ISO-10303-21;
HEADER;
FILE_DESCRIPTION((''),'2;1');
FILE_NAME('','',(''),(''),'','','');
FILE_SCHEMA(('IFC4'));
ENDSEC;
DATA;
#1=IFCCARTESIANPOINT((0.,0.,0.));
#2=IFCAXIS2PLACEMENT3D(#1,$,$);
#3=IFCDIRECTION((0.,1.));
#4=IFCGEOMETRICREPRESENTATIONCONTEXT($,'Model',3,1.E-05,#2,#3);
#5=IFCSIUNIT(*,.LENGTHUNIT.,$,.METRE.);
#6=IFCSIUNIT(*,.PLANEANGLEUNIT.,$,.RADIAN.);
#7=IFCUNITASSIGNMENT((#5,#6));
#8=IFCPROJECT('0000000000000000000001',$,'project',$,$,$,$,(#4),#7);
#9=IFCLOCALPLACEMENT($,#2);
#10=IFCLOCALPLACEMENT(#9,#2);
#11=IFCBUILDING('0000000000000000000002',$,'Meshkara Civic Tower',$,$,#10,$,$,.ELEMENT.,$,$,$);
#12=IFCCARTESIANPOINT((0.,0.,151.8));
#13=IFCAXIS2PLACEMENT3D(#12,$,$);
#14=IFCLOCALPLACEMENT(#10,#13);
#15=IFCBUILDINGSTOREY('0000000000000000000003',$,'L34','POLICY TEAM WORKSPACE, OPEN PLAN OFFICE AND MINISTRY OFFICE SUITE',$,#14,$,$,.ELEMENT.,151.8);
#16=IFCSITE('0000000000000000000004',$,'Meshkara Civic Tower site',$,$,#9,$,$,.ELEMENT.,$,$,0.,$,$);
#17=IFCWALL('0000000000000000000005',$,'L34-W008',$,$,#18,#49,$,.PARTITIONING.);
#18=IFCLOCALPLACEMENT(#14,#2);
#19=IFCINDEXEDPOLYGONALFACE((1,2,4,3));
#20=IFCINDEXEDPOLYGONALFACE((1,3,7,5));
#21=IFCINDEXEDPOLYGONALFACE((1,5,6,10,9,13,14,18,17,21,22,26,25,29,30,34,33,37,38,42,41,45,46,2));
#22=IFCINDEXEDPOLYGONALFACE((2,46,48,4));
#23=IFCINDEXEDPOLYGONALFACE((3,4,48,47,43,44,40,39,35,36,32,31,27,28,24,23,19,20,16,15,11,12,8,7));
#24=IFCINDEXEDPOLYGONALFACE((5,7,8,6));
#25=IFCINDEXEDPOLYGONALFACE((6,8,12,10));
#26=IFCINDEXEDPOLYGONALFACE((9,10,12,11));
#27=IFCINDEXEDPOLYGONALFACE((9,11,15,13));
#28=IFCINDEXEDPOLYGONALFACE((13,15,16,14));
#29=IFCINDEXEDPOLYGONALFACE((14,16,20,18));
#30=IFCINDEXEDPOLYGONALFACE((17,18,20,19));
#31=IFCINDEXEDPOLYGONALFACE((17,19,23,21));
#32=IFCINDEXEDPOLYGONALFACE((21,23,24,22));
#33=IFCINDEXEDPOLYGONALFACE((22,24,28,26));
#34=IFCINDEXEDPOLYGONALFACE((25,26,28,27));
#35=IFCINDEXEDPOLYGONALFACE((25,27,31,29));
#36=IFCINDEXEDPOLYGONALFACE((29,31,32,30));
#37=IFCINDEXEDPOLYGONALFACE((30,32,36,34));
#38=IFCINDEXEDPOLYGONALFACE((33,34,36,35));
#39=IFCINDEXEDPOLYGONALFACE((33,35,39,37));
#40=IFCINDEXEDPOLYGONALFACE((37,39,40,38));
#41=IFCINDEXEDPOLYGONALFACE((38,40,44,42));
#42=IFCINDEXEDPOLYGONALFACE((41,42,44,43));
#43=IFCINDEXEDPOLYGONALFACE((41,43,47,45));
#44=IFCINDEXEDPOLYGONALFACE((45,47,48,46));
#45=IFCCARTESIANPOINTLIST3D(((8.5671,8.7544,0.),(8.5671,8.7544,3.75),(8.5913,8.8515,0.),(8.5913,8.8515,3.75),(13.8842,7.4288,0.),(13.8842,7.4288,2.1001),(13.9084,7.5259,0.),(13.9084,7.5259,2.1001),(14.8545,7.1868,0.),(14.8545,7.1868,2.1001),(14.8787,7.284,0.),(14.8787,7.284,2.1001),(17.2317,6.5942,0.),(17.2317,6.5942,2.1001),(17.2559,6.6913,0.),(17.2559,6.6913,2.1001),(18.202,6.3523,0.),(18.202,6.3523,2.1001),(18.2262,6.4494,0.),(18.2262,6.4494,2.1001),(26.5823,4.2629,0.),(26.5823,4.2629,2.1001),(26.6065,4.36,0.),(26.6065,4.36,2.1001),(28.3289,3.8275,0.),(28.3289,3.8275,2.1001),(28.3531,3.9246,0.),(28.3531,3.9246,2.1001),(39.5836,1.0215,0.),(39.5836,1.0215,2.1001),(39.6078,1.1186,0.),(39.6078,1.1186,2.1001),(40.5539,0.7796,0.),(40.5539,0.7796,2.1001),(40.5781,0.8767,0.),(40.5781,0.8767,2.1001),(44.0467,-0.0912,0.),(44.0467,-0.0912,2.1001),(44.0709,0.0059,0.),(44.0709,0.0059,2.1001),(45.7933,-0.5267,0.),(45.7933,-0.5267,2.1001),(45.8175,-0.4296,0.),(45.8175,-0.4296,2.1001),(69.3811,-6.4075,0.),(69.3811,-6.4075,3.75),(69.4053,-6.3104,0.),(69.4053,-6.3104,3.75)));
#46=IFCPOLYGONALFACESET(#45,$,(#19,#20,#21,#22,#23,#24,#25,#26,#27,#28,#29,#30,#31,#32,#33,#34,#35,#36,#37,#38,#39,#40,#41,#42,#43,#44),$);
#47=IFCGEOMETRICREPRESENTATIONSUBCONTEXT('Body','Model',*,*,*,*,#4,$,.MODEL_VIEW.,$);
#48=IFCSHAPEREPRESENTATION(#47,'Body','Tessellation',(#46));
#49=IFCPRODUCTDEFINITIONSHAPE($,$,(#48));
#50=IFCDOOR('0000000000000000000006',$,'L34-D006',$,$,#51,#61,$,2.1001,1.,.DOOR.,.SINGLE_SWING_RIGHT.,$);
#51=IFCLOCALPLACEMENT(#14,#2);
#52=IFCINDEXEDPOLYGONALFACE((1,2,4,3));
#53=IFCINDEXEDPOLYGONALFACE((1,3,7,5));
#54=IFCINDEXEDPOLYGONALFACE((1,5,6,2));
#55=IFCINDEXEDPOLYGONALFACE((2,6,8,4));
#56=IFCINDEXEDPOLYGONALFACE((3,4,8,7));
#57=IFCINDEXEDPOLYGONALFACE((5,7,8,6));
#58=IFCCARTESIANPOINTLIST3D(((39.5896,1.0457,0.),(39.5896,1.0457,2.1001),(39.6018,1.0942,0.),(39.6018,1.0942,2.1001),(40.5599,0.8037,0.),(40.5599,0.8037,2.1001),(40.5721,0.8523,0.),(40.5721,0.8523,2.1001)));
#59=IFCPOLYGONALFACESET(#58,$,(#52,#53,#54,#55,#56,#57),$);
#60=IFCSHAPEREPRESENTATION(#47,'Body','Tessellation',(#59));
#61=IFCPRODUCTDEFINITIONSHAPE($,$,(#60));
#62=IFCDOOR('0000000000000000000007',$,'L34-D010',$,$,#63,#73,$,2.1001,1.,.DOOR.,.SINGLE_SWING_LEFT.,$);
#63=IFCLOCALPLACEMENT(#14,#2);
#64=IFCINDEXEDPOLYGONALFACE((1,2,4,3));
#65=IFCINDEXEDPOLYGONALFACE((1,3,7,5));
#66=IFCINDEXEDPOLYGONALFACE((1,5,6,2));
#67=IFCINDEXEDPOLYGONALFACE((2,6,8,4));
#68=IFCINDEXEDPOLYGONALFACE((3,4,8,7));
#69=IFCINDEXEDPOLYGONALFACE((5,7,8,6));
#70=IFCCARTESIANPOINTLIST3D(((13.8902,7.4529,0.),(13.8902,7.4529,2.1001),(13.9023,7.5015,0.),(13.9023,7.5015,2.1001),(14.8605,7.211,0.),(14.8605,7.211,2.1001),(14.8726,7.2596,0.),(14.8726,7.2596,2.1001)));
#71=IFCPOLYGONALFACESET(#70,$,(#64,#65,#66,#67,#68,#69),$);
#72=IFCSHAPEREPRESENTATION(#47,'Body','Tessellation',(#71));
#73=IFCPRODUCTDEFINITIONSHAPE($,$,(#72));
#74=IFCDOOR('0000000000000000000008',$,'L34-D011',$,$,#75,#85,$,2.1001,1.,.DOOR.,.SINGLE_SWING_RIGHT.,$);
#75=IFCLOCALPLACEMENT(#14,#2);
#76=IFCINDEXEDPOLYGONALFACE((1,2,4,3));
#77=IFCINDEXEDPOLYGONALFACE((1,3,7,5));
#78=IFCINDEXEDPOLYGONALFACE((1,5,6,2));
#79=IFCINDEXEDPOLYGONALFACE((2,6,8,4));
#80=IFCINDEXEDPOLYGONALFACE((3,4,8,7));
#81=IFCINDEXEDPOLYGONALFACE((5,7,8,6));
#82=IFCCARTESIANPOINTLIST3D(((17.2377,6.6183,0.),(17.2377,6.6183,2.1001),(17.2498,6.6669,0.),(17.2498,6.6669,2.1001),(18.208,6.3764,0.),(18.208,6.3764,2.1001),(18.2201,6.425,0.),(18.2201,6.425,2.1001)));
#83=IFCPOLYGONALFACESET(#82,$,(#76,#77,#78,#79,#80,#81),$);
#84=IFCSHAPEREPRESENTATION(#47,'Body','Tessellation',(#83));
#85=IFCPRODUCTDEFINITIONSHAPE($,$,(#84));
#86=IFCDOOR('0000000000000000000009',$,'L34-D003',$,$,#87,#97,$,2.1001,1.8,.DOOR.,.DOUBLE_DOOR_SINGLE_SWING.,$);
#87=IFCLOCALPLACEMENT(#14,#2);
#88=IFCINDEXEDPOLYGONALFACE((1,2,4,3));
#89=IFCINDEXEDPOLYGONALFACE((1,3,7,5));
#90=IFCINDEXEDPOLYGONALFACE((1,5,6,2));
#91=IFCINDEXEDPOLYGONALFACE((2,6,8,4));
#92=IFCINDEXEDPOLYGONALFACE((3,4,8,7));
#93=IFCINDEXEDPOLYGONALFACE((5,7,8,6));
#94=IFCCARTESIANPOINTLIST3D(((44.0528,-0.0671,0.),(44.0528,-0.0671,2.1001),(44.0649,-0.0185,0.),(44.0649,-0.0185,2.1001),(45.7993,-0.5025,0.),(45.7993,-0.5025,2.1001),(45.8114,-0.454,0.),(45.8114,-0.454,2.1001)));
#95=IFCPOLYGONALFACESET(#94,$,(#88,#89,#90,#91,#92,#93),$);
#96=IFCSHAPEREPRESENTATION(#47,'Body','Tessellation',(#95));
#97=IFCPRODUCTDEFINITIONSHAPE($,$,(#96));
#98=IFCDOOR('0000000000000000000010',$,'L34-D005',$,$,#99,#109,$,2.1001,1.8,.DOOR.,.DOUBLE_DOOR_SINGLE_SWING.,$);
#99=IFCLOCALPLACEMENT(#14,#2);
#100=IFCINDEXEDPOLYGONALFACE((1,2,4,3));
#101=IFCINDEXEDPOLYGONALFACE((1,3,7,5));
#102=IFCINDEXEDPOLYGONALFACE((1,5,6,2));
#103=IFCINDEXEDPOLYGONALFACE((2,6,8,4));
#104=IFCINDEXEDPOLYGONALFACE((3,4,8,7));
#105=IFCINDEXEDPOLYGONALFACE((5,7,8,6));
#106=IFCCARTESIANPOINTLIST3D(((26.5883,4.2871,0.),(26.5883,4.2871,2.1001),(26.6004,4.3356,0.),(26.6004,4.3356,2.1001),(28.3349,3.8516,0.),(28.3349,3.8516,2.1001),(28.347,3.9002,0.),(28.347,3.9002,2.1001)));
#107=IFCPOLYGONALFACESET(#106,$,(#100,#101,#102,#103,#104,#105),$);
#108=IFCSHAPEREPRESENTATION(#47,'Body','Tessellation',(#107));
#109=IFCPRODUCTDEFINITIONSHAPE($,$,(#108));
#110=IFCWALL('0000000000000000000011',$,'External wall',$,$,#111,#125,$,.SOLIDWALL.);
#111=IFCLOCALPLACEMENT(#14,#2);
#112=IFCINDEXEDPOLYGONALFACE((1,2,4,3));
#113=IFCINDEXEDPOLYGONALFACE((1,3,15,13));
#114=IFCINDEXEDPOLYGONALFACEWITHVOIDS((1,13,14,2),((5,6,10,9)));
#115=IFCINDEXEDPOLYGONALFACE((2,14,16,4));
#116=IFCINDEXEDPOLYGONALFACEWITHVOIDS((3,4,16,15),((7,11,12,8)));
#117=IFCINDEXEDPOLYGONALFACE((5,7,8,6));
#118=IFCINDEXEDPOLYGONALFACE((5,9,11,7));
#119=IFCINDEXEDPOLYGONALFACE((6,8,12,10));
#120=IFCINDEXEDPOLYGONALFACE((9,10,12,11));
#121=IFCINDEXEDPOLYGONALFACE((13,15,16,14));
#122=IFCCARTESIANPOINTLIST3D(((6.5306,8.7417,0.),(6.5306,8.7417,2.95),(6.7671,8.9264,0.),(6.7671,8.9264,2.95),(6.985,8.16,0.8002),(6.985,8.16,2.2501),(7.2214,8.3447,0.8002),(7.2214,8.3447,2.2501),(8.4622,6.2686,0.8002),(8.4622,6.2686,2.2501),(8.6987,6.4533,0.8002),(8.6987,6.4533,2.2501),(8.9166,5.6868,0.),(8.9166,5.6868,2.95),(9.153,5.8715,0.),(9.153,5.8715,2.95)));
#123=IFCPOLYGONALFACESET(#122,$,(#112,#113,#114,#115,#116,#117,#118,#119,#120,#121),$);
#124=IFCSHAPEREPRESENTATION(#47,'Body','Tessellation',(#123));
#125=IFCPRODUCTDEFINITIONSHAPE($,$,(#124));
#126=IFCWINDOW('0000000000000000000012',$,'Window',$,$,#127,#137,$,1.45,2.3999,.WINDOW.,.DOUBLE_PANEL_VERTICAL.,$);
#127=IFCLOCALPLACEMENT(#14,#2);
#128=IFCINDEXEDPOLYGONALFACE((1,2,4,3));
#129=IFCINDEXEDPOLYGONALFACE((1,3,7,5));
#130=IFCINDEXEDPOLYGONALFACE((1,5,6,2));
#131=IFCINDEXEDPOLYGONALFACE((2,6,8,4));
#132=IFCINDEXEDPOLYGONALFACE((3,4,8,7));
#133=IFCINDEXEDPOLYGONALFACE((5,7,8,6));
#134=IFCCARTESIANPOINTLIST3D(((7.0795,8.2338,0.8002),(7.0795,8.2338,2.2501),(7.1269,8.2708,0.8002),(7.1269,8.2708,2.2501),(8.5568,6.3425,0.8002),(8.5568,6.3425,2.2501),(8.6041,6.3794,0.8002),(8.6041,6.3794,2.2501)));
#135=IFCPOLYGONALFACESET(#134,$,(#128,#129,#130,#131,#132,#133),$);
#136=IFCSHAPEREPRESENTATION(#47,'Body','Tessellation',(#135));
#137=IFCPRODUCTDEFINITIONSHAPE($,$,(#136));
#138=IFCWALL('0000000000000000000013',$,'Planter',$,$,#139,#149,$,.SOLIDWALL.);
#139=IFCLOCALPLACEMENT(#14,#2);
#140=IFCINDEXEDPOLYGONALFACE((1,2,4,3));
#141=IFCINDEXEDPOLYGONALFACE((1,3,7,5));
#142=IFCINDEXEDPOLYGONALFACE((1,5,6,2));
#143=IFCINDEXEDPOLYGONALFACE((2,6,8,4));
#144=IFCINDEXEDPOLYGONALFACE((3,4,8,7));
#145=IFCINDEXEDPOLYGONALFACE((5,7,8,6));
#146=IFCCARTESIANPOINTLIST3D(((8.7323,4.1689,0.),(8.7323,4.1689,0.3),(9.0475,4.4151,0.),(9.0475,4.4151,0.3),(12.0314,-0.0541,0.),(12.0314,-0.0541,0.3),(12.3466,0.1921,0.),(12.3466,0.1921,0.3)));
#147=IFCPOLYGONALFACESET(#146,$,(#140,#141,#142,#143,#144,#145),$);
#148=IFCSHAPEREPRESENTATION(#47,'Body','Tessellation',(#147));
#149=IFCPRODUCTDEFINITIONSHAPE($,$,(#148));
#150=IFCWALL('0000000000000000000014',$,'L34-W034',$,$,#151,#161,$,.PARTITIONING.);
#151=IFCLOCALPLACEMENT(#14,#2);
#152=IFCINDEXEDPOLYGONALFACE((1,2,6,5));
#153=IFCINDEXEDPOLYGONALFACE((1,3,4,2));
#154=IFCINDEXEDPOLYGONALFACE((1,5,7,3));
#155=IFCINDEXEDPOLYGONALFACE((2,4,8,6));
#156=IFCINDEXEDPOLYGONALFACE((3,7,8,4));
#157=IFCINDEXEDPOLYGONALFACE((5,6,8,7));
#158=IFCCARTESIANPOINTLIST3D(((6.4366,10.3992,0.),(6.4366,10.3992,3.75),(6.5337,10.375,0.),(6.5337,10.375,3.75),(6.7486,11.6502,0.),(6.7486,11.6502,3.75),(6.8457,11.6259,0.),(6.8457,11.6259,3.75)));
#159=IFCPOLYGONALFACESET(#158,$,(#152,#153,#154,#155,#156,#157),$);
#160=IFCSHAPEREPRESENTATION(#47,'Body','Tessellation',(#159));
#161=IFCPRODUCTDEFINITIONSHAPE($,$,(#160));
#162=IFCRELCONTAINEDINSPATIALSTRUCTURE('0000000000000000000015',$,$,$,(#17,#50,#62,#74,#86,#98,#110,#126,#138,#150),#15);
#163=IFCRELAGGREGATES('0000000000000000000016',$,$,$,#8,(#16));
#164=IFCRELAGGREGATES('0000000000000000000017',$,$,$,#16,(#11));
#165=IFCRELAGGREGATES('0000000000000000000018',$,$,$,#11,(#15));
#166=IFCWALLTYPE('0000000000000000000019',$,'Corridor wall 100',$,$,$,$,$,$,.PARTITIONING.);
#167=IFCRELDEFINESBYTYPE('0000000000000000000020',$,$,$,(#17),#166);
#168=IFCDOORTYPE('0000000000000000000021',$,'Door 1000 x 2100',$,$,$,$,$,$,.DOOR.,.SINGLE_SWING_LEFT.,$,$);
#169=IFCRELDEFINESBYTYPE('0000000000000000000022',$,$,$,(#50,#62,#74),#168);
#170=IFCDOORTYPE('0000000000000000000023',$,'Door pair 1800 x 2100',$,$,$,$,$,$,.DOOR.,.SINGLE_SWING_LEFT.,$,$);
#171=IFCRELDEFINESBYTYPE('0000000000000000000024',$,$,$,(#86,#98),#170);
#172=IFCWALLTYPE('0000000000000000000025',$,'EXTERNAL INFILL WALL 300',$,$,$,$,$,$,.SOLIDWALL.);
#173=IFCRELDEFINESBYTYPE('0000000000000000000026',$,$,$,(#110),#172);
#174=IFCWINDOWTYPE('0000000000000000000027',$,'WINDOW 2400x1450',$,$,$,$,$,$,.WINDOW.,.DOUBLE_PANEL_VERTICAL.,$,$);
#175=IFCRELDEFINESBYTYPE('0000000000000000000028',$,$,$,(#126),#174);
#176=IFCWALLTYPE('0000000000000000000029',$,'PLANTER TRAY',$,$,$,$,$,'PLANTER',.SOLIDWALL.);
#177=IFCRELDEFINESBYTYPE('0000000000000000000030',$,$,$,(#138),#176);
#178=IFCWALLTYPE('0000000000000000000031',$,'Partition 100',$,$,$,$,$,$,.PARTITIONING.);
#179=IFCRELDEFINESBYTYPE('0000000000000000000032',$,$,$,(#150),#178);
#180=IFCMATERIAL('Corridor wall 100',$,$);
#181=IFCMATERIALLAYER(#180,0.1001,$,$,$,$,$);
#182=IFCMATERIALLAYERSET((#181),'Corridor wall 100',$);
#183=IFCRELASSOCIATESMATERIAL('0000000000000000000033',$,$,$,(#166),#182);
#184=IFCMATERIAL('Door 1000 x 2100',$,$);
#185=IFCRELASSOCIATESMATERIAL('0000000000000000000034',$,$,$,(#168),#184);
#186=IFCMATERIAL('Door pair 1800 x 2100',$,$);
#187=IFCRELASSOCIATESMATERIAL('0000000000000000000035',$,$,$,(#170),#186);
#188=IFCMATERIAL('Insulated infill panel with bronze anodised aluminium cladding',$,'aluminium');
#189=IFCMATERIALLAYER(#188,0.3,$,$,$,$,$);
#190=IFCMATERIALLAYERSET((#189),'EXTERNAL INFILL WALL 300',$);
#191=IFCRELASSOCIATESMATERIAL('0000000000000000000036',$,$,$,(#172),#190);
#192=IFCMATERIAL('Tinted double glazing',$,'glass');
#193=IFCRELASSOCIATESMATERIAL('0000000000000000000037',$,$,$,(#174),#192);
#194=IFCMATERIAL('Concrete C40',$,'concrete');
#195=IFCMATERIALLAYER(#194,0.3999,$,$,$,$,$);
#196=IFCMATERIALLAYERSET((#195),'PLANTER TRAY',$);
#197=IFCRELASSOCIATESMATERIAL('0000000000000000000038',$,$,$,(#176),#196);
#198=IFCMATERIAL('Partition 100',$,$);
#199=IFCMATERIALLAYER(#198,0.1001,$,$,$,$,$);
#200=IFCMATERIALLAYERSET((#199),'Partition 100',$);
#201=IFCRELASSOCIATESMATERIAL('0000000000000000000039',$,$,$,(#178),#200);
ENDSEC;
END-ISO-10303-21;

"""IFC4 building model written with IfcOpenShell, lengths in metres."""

from ifc_helpers import new_model, si_unit, direction, frame, frame_2d, origin, place, context, subcontext, project, spatial, rectangle, extrude, material, layer, layer_set, type_object, element, fill, save


model = new_model("IFC4")

# Units and contexts
model_context = context("Model", 3, precision=1e-05, world=origin(), true_north=direction((0.0, 1.0)))
body_context = subcontext(model_context, "Body", "Model", "MODEL_VIEW")
ifc_project = project(units=[si_unit("LENGTHUNIT", "METRE"), si_unit("PLANEANGLEUNIT", "RADIAN")], contexts=[model_context])

# Site, building, storey
site_placement = place(None, origin())
site = spatial("IfcSite", under=ifc_project, at=site_placement, Name="Meshkara Civic Tower site", CompositionType="ELEMENT", RefElevation=0.0)
building_placement = place(site_placement, origin())
building = spatial("IfcBuilding", under=site, at=building_placement, Name="Meshkara Civic Tower", CompositionType="ELEMENT")
storey_placement = place(building_placement, frame((0.0, 0.0, 151.8)))
storey = spatial("IfcBuildingStorey", under=building, at=storey_placement, Name="L34", Description="POLICY TEAM WORKSPACE, OPEN PLAN OFFICE AND MINISTRY OFFICE SUITE", CompositionType="ELEMENT", Elevation=151.8)

# Shared definitions
ifc_material_1 = material(Name="Corridor wall 100")
ifc_layer_1 = layer(ifc_material_1, 0.1001)
ifc_layer_set_1 = layer_set([ifc_layer_1], Name="Corridor wall 100")
wall_type_1 = type_object("IfcWallType", Name="Corridor wall 100", PredefinedType="PARTITIONING", material=ifc_layer_set_1)
ifc_material_2 = material(Name="Door 1000 x 2100")
door_type_1 = type_object("IfcDoorType", Name="Door 1000 x 2100", OperationType="SINGLE_SWING_LEFT", PredefinedType="DOOR", material=ifc_material_2)

# Wall, openings, doors
wall_1_placement = place(storey_placement, frame((8.5791, 8.803, 0.0), z_axis=(0.0, 0.0, 1.0), x_axis=(0.970299, -0.24191, 0.0)))
wall_1 = element("IfcWall", 1, at=wall_1_placement, inside=storey, type_object=wall_type_1, Name="L34-W008", PredefinedType="PARTITIONING", context=body_context, shape_type="SweptSolid", body=[
    extrude(rectangle(XDim=62.6755, YDim=0.1001, at=frame_2d((31.3379, 0.0))), origin(), (0.0, 0.0, 1.0), 3.75),
])
opening_1_placement = place(wall_1_placement, frame((36.5659, 0.0, 0.0)))
opening_1 = element("IfcOpeningElement", 2, at=opening_1_placement, cuts=wall_1, PredefinedType="OPENING", context=body_context, shape_type="SweptSolid", body=[
    extrude(rectangle(XDim=1.8, YDim=2.1001, at=frame_2d((0.8999, 1.05))), frame((0.0, 0.0601, 0.0), z_axis=(0.0, -1.0, 0.0), x_axis=(1.0, 0.0, 0.0)), (0.0, 0.0, 1.0), 0.1201),
])
opening_2_placement = place(wall_1_placement, frame((18.5669, 0.0, 0.0)))
opening_2 = element("IfcOpeningElement", 3, at=opening_2_placement, cuts=wall_1, PredefinedType="OPENING", context=body_context, shape_type="SweptSolid", body=[
    extrude(rectangle(XDim=1.8, YDim=2.1001, at=frame_2d((0.8999, 1.05))), frame((0.0, 0.0601, 0.0), z_axis=(0.0, -1.0, 0.0), x_axis=(1.0, 0.0, 0.0)), (0.0, 0.0, 1.0), 0.1201),
])
opening_3_placement = place(wall_1_placement, frame((31.9661, 0.0, 0.0)))
opening_3 = element("IfcOpeningElement", 4, at=opening_3_placement, cuts=wall_1, PredefinedType="OPENING", context=body_context, shape_type="SweptSolid", body=[
    extrude(rectangle(XDim=1.0, YDim=2.1001, at=frame_2d((0.5, 1.05))), frame((0.0, 0.0601, 0.0), z_axis=(0.0, -1.0, 0.0), x_axis=(1.0, 0.0, 0.0)), (0.0, 0.0, 1.0), 0.1201),
])
opening_4_placement = place(wall_1_placement, frame((5.48, 0.0, 0.0)))
opening_4 = element("IfcOpeningElement", 5, at=opening_4_placement, cuts=wall_1, PredefinedType="OPENING", context=body_context, shape_type="SweptSolid", body=[
    extrude(rectangle(XDim=1.0, YDim=2.1001, at=frame_2d((0.5, 1.05))), frame((0.0, 0.0601, 0.0), z_axis=(0.0, -1.0, 0.0), x_axis=(1.0, 0.0, 0.0)), (0.0, 0.0, 1.0), 0.1201),
])
opening_5_placement = place(wall_1_placement, frame((8.9299, 0.0, 0.0)))
opening_5 = element("IfcOpeningElement", 6, at=opening_5_placement, cuts=wall_1, PredefinedType="OPENING", context=body_context, shape_type="SweptSolid", body=[
    extrude(rectangle(XDim=1.0, YDim=2.1001, at=frame_2d((0.5, 1.05))), frame((0.0, 0.0601, 0.0), z_axis=(0.0, -1.0, 0.0), x_axis=(1.0, 0.0, 0.0)), (0.0, 0.0, 1.0), 0.1201),
])
door_1_placement = place(opening_3_placement, origin())
door_1 = element("IfcDoor", 7, at=door_1_placement, inside=storey, type_object=door_type_1, Name="L34-D006", OperationType="SINGLE_SWING_RIGHT", OverallHeight=2.1001, OverallWidth=1.0, PredefinedType="DOOR", context=body_context, shape_type="SweptSolid", body=[
    extrude(rectangle(XDim=1.0, YDim=2.1001, at=frame_2d((0.5, 1.05))), frame((0.0, 0.0249, 0.0), z_axis=(0.0, -1.0, 0.0), x_axis=(1.0, 0.0, 0.0)), (0.0, 0.0, 1.0), 0.05),
])
fill(opening_3, door_1)
door_2_placement = place(opening_4_placement, origin())
door_2 = element("IfcDoor", 8, at=door_2_placement, inside=storey, type_object=door_type_1, Name="L34-D010", OperationType="SINGLE_SWING_LEFT", OverallHeight=2.1001, OverallWidth=1.0, PredefinedType="DOOR", context=body_context, shape_type="SweptSolid", body=[
    extrude(rectangle(XDim=1.0, YDim=2.1001, at=frame_2d((0.5, 1.05))), frame((0.0, 0.0249, 0.0), z_axis=(0.0, -1.0, 0.0), x_axis=(1.0, 0.0, 0.0)), (0.0, 0.0, 1.0), 0.05),
])
fill(opening_4, door_2)
door_3_placement = place(opening_5_placement, origin())
door_3 = element("IfcDoor", 9, at=door_3_placement, inside=storey, type_object=door_type_1, Name="L34-D011", OperationType="SINGLE_SWING_RIGHT", OverallHeight=2.1001, OverallWidth=1.0, PredefinedType="DOOR", context=body_context, shape_type="SweptSolid", body=[
    extrude(rectangle(XDim=1.0, YDim=2.1001, at=frame_2d((0.5, 1.05))), frame((0.0, 0.0249, 0.0), z_axis=(0.0, -1.0, 0.0), x_axis=(1.0, 0.0, 0.0)), (0.0, 0.0, 1.0), 0.05),
])
fill(opening_5, door_3)
ifc_material_3 = material(Name="Door pair 1800 x 2100")
door_type_2 = type_object("IfcDoorType", Name="Door pair 1800 x 2100", OperationType="SINGLE_SWING_LEFT", PredefinedType="DOOR", material=ifc_material_3)
door_4_placement = place(opening_1_placement, origin())
door_4 = element("IfcDoor", 10, at=door_4_placement, inside=storey, type_object=door_type_2, Name="L34-D003", OperationType="DOUBLE_DOOR_SINGLE_SWING", OverallHeight=2.1001, OverallWidth=1.8, PredefinedType="DOOR", context=body_context, shape_type="SweptSolid", body=[
    extrude(rectangle(XDim=1.8, YDim=2.1001, at=frame_2d((0.8999, 1.05))), frame((0.0, 0.0249, 0.0), z_axis=(0.0, -1.0, 0.0), x_axis=(1.0, 0.0, 0.0)), (0.0, 0.0, 1.0), 0.05),
])
fill(opening_1, door_4)
door_5_placement = place(opening_2_placement, origin())
door_5 = element("IfcDoor", 11, at=door_5_placement, inside=storey, type_object=door_type_2, Name="L34-D005", OperationType="DOUBLE_DOOR_SINGLE_SWING", OverallHeight=2.1001, OverallWidth=1.8, PredefinedType="DOOR", context=body_context, shape_type="SweptSolid", body=[
    extrude(rectangle(XDim=1.8, YDim=2.1001, at=frame_2d((0.8999, 1.05))), frame((0.0, 0.0249, 0.0), z_axis=(0.0, -1.0, 0.0), x_axis=(1.0, 0.0, 0.0)), (0.0, 0.0, 1.0), 0.05),
])
fill(opening_2, door_5)

# Wall, opening, window
ifc_material_4 = material(Name="Insulated infill panel with bronze anodised aluminium cladding", Category="aluminium")
ifc_layer_2 = layer(ifc_material_4, 0.3)
ifc_layer_set_2 = layer_set([ifc_layer_2], Name="EXTERNAL INFILL WALL 300")
wall_type_2 = type_object("IfcWallType", Name="EXTERNAL INFILL WALL 300", PredefinedType="SOLIDWALL", material=ifc_layer_set_2)
wall_2_placement = place(storey_placement, frame((6.6489, 8.834, 0.0), z_axis=(0.0, 0.0, 1.0), x_axis=(0.615535, -0.788109, 0.0)))
wall_2 = element("IfcWall", 12, at=wall_2_placement, inside=storey, type_object=wall_type_2, Name="External wall", PredefinedType="SOLIDWALL", context=body_context, shape_type="SweptSolid", body=[
    extrude(rectangle(XDim=3.8762, YDim=0.3, at=frame_2d((1.938, 0.0))), origin(), (0.0, 0.0, 1.0), 2.95),
])
opening_6_placement = place(wall_2_placement, frame((0.738, 0.0, 0.8)))
opening_6 = element("IfcOpeningElement", 13, at=opening_6_placement, cuts=wall_2, PredefinedType="OPENING", context=body_context, shape_type="SweptSolid", body=[
    extrude(rectangle(XDim=2.3999, YDim=1.45, at=frame_2d((1.2, 0.7251))), frame((0.0, 0.1599, 0.0), z_axis=(0.0, -1.0, 0.0), x_axis=(1.0, 0.0, 0.0)), (0.0, 0.0, 1.0), 0.3201),
])
ifc_material_5 = material(Name="Tinted double glazing", Category="glass")
window_type = type_object("IfcWindowType", Name="WINDOW 2400x1450", PartitioningType="DOUBLE_PANEL_VERTICAL", PredefinedType="WINDOW", material=ifc_material_5)
window_placement = place(opening_6_placement, origin())
window = element("IfcWindow", 14, at=window_placement, inside=storey, type_object=window_type, Name="Window", OverallHeight=1.45, OverallWidth=2.3999, PartitioningType="DOUBLE_PANEL_VERTICAL", PredefinedType="WINDOW", context=body_context, shape_type="SweptSolid", body=[
    extrude(rectangle(XDim=2.3999, YDim=1.45, at=frame_2d((1.2, 0.7251))), frame((0.0, 0.03, 0.0), z_axis=(0.0, -1.0, 0.0), x_axis=(1.0, 0.0, 0.0)), (0.0, 0.0, 1.0), 0.0601),
])
fill(opening_6, window)

# Walls
ifc_material_6 = material(Name="Concrete C40", Category="concrete")
ifc_layer_3 = layer(ifc_material_6, 0.3999)
ifc_layer_set_3 = layer_set([ifc_layer_3], Name="PLANTER TRAY")
wall_type_3 = type_object("IfcWallType", Name="PLANTER TRAY", ElementType="PLANTER", PredefinedType="SOLIDWALL", material=ifc_layer_set_3)
wall_3_placement = place(storey_placement, frame((8.8899, 4.292, 0.0), z_axis=(0.0, 0.0, 1.0), x_axis=(0.615636, -0.788031, 0.0)))
element("IfcWall", 15, at=wall_3_placement, inside=storey, type_object=wall_type_3, Name="Planter", PredefinedType="SOLIDWALL", context=body_context, shape_type="SweptSolid", body=[
    extrude(rectangle(XDim=5.3589, YDim=0.3999, at=frame_2d((2.6794, 0.0))), origin(), (0.0, 0.0, 1.0), 0.3),
])
ifc_material_7 = material(Name="Partition 100")
ifc_layer_4 = layer(ifc_material_7, 0.1001)
ifc_layer_set_4 = layer_set([ifc_layer_4], Name="Partition 100")
wall_type_4 = type_object("IfcWallType", Name="Partition 100", PredefinedType="PARTITIONING", material=ifc_layer_set_4)
wall_4_placement = place(storey_placement, frame((6.7971, 11.6379, 0.0), z_axis=(0.0, 0.0, 1.0), x_axis=(-0.242001, -0.970276, 0.0)))
element("IfcWall", 16, at=wall_4_placement, inside=storey, type_object=wall_type_4, Name="L34-W034", PredefinedType="PARTITIONING", context=body_context, shape_type="SweptSolid", body=[
    extrude(rectangle(XDim=1.2893, YDim=0.1001, at=frame_2d((0.6445, 0.0))), origin(), (0.0, 0.0, 1.0), 3.75),
])

save(model, "model.ifc")
